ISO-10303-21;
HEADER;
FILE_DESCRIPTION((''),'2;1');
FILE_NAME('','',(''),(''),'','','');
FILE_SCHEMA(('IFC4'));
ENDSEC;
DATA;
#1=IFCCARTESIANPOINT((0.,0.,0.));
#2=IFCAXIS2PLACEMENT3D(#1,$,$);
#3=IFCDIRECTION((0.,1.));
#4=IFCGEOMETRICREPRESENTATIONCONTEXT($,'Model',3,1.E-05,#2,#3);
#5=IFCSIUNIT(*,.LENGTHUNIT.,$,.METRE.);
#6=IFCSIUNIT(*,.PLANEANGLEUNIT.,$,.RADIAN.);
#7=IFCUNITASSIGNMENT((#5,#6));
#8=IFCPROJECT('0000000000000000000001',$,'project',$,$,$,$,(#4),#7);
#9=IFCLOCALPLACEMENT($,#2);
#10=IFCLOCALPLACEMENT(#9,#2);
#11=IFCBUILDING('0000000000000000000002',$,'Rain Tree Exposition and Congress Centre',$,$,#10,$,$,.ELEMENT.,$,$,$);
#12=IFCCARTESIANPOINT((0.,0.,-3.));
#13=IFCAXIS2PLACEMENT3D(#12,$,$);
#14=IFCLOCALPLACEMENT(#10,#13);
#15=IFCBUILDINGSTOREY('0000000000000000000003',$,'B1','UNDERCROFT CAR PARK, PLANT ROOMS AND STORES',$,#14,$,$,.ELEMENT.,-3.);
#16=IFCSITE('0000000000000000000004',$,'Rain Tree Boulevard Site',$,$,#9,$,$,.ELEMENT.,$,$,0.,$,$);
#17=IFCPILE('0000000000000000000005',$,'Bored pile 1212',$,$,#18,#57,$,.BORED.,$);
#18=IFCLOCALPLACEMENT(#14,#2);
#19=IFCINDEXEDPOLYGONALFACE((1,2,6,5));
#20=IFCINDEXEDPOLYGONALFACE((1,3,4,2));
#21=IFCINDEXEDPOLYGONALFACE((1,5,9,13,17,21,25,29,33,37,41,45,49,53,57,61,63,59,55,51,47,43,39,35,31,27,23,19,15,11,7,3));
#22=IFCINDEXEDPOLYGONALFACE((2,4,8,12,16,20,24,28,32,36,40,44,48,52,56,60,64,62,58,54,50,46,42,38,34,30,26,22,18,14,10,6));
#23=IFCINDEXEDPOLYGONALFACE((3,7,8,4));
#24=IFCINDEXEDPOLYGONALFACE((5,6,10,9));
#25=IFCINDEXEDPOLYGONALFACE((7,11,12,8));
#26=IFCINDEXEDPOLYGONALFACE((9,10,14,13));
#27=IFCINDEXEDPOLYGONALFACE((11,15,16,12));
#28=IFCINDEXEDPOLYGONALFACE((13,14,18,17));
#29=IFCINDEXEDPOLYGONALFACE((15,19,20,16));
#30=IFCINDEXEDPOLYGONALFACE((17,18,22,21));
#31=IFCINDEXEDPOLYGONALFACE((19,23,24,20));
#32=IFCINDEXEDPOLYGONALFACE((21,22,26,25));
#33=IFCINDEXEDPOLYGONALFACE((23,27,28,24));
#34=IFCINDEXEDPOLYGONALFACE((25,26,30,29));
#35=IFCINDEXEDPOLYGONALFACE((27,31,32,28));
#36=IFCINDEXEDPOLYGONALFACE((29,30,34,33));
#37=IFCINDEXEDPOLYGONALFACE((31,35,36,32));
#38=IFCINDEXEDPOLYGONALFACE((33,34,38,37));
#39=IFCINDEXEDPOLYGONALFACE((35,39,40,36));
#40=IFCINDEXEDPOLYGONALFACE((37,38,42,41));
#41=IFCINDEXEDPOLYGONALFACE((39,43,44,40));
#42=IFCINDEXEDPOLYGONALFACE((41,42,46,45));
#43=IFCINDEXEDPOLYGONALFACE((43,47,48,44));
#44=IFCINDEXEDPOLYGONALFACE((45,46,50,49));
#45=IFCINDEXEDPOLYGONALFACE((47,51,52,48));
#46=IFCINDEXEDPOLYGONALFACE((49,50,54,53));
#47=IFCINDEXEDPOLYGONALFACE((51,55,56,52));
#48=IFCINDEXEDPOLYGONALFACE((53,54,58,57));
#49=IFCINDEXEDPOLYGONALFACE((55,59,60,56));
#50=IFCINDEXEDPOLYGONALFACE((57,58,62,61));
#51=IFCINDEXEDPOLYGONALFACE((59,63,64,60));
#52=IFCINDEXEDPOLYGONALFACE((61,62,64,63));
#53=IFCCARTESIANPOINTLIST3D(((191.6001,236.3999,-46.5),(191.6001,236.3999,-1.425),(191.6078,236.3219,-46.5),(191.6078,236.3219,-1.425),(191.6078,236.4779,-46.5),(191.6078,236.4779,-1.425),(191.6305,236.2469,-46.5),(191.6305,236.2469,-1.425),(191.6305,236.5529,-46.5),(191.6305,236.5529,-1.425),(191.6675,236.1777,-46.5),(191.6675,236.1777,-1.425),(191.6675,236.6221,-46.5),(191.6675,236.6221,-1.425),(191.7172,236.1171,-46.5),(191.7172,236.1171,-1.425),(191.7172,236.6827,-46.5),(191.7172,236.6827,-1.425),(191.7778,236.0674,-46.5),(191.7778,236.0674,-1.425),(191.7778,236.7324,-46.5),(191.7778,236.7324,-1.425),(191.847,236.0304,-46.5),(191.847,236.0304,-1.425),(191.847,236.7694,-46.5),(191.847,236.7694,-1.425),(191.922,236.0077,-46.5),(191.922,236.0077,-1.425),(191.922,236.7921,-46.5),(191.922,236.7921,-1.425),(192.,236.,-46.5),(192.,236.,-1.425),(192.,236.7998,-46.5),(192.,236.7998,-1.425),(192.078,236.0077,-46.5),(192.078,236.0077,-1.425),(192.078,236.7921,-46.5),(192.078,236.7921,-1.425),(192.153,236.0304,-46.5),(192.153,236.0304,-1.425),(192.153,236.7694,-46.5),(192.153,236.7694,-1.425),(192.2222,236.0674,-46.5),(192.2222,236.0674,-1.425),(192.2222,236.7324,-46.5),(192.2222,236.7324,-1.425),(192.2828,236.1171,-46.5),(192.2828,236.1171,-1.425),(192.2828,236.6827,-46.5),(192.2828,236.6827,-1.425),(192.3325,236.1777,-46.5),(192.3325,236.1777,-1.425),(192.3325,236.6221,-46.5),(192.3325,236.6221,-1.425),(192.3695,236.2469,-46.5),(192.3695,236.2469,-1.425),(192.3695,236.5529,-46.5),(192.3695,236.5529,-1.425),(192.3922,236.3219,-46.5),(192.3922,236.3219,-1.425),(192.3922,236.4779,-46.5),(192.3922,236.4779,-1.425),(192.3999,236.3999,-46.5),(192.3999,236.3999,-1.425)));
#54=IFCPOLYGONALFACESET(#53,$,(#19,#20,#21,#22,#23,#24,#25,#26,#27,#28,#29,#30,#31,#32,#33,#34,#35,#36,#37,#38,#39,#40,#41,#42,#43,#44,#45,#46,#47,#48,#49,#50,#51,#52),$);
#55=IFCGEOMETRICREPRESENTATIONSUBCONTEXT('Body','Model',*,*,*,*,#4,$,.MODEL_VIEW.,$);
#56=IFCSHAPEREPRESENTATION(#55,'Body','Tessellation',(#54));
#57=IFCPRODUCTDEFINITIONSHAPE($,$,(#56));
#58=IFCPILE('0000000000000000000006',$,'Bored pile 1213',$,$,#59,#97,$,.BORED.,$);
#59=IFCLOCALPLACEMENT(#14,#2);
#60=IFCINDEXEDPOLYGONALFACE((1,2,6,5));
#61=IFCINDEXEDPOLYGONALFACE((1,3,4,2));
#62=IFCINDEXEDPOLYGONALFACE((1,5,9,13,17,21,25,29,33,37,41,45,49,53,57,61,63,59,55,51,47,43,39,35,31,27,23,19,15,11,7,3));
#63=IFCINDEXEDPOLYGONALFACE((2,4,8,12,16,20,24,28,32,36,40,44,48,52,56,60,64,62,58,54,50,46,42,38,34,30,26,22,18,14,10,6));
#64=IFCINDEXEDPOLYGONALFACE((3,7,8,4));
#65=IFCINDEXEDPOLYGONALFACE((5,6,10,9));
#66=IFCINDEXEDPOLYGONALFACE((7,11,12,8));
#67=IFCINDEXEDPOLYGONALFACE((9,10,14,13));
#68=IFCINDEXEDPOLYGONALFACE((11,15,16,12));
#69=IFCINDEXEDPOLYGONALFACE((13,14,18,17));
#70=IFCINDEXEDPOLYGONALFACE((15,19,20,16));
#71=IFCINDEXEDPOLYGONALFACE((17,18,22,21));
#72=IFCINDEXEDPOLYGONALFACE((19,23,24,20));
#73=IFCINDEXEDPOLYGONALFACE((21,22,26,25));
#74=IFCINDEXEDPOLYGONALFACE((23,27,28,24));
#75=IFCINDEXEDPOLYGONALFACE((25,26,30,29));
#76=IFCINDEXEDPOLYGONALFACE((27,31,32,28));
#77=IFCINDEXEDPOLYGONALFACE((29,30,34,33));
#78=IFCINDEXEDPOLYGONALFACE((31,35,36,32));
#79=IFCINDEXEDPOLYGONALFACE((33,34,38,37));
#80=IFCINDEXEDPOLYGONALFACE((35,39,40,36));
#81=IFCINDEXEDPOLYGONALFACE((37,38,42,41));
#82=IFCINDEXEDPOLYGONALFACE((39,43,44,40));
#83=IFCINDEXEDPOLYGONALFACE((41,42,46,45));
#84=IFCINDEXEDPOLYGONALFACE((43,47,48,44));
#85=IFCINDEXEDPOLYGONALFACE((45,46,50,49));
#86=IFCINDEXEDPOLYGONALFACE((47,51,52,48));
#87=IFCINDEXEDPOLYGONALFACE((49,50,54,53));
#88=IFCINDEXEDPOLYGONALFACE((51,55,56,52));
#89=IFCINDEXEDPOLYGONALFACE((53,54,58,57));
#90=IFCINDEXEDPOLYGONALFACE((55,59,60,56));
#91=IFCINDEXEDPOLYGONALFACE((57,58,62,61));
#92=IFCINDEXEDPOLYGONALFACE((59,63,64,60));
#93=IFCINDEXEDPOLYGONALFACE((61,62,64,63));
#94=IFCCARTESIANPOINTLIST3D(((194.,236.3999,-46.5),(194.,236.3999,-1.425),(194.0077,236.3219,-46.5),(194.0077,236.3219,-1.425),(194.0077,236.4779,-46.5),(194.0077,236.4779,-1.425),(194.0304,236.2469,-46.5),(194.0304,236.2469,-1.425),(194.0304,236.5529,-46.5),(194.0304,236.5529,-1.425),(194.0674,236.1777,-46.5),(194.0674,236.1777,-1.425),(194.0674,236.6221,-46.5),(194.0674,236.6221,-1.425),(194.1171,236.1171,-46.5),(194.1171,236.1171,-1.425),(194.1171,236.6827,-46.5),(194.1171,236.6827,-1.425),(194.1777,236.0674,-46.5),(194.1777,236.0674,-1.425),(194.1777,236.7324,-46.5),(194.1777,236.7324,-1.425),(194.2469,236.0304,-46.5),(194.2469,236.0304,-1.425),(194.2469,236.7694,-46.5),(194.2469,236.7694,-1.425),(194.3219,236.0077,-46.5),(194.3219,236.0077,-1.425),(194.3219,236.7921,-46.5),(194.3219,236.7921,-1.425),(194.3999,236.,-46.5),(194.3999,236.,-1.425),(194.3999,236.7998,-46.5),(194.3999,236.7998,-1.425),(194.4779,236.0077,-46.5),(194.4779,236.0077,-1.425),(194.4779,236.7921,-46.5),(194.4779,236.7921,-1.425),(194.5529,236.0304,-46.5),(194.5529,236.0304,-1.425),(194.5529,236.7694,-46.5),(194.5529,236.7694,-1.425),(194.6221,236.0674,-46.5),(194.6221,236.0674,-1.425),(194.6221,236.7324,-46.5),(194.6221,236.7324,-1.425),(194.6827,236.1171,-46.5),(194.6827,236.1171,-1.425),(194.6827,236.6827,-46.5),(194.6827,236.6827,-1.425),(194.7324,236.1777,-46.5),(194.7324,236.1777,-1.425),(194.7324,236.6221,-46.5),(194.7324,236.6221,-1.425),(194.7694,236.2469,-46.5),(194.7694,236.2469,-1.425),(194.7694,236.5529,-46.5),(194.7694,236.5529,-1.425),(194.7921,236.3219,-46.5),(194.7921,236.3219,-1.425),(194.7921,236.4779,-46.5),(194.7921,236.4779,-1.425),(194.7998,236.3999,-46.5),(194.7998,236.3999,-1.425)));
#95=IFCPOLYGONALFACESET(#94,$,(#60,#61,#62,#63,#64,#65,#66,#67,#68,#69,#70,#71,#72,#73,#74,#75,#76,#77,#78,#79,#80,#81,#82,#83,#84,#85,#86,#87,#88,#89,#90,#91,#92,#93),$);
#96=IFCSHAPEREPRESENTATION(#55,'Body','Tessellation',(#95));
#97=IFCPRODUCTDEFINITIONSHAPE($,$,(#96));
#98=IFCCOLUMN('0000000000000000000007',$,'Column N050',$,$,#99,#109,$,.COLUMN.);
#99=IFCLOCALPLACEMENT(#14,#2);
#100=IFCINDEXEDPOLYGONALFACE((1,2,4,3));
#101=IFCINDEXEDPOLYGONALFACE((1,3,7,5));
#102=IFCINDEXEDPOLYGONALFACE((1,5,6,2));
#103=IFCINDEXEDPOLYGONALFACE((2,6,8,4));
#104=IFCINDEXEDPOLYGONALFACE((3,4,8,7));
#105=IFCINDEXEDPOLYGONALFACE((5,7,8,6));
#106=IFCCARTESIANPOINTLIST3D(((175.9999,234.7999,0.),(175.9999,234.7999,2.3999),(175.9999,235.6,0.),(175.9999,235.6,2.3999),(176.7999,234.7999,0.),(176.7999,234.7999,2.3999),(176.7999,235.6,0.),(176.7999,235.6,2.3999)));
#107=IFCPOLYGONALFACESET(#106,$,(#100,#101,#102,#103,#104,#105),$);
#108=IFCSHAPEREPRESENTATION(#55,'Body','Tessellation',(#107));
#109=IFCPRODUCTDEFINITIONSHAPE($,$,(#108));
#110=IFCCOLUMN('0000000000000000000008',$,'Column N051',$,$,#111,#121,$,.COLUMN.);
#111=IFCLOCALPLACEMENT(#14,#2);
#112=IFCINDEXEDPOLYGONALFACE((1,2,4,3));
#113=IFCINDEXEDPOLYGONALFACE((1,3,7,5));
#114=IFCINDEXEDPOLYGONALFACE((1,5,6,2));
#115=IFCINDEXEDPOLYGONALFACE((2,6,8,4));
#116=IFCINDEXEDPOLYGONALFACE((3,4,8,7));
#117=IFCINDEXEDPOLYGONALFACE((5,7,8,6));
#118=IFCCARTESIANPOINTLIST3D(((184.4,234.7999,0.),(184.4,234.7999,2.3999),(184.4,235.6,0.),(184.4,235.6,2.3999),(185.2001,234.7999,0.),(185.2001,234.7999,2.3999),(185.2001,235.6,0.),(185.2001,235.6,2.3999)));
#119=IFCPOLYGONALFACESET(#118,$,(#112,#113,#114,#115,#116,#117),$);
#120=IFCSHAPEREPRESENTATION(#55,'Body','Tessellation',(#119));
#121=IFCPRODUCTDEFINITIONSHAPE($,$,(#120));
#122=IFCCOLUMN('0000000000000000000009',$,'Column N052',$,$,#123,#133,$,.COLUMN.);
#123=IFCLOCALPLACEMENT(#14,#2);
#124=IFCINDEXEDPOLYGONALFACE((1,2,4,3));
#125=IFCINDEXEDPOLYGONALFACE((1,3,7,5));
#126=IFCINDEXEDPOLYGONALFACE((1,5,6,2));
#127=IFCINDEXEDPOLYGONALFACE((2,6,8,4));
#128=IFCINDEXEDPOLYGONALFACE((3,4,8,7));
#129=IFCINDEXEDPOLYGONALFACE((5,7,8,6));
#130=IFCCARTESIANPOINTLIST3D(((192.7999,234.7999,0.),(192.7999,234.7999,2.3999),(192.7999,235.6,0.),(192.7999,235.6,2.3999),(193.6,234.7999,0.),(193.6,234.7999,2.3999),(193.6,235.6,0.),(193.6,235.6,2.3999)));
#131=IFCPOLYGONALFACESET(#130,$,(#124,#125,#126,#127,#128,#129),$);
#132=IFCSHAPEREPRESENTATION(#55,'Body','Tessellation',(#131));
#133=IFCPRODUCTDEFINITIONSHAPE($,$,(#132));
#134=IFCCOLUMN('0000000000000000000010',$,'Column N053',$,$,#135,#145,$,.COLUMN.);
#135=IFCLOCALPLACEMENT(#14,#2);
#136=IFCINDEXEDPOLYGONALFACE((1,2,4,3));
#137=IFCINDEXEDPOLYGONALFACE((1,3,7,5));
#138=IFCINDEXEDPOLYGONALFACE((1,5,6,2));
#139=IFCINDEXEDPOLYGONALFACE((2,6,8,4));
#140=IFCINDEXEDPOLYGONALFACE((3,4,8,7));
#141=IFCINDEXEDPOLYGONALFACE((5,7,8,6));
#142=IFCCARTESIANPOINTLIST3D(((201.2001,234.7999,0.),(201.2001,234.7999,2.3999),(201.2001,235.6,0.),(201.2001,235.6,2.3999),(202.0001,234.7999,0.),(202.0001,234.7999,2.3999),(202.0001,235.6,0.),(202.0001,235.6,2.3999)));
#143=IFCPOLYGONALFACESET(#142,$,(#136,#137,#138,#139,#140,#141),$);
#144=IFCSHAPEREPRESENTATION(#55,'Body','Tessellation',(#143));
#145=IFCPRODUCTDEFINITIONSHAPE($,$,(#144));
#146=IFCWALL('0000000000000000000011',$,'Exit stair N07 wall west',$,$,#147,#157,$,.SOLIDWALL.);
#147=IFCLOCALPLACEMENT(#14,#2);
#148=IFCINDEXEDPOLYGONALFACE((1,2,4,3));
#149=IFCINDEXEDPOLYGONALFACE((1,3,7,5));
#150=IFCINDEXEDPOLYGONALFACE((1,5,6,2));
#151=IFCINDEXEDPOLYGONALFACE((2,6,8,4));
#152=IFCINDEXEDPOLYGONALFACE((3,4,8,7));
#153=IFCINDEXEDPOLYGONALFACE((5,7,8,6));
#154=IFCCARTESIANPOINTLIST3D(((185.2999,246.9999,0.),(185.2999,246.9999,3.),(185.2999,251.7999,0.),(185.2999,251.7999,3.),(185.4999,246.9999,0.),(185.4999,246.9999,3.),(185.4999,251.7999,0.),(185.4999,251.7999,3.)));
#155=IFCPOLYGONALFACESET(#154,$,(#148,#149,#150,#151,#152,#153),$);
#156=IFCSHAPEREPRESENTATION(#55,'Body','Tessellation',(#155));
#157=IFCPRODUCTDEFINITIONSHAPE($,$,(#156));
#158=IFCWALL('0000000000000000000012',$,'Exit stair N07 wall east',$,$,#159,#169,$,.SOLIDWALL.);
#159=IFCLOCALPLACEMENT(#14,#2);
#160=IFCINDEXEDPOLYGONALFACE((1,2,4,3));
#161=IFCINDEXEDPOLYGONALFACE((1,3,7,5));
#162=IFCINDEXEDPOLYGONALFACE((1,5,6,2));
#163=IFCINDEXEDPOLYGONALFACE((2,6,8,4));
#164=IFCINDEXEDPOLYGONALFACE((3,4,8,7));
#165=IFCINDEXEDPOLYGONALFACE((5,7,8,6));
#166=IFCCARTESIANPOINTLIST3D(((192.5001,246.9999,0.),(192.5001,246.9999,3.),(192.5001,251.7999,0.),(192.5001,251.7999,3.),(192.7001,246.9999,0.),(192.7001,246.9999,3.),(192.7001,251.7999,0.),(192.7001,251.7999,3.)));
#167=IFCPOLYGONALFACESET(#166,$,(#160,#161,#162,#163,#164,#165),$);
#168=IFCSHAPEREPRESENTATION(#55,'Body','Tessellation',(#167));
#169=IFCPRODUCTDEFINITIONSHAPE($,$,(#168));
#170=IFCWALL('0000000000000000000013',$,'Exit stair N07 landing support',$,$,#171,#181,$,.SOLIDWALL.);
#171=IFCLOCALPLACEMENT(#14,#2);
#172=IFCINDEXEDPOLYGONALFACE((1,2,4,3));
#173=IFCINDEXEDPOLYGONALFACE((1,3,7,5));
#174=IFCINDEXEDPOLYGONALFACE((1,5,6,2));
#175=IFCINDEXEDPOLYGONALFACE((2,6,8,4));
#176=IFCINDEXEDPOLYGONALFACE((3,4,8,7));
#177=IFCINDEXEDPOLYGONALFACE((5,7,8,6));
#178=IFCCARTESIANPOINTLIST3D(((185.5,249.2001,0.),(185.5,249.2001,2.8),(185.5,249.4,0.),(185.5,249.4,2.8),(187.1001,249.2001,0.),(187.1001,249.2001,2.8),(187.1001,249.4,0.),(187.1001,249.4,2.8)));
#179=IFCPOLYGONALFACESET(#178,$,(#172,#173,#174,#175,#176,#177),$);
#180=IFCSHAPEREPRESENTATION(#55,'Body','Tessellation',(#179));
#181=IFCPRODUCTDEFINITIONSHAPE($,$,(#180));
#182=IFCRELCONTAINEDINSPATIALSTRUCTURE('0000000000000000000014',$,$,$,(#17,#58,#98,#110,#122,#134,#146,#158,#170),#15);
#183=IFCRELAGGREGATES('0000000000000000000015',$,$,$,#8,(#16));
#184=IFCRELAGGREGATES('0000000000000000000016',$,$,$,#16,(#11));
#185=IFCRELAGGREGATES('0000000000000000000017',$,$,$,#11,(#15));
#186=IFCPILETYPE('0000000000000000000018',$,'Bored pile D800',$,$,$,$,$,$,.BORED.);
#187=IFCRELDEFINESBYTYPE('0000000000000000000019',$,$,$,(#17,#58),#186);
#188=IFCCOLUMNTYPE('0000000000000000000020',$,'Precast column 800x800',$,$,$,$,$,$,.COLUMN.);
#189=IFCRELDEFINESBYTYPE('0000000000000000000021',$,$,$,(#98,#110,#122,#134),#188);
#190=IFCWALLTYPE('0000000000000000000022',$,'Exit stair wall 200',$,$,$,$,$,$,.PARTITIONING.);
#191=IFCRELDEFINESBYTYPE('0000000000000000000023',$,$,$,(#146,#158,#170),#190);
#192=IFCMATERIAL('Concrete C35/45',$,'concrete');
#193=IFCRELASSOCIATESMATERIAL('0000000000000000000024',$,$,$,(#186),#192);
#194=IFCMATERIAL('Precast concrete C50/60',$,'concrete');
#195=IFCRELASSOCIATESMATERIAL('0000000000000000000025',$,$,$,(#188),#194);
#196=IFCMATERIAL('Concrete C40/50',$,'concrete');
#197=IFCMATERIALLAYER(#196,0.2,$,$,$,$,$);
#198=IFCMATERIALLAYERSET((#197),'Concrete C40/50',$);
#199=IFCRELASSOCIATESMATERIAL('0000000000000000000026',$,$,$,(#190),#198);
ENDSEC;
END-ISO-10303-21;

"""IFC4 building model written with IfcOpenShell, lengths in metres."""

from ifc_helpers import new_model, si_unit, direction, frame, frame_2d, origin, origin_2d, place, context, subcontext, project, spatial, rectangle, circle, extrude, material, layer, layer_set, material_profile, profile_set, type_object, element, save


model = new_model("IFC4")

# Units and contexts
model_context = context("Model", 3, precision=1e-05, world=origin(), true_north=direction((0.0, 1.0)))
body_context = subcontext(model_context, "Body", "Model", "MODEL_VIEW")
ifc_project = project(units=[si_unit("LENGTHUNIT", "METRE"), si_unit("PLANEANGLEUNIT", "RADIAN")], contexts=[model_context])

# Site, building, storey
site_placement = place(None, origin())
site = spatial("IfcSite", under=ifc_project, at=site_placement, Name="Rain Tree Boulevard Site", CompositionType="ELEMENT", RefElevation=0.0)
building_placement = place(site_placement, origin())
building = spatial("IfcBuilding", under=site, at=building_placement, Name="Rain Tree Exposition and Congress Centre", CompositionType="ELEMENT")
storey_placement = place(building_placement, frame((0.0, 0.0, -3.0)))
storey = spatial("IfcBuildingStorey", under=building, at=storey_placement, Name="B1", Description="UNDERCROFT CAR PARK, PLANT ROOMS AND STORES", CompositionType="ELEMENT", Elevation=-3.0)

# Piles
ifc_material_1 = material(Name="Concrete C35/45", Category="concrete")
ifc_material_profile_1 = material_profile(ifc_material_1, circle(Radius=0.3999, at=origin_2d()), Name="D800")
ifc_profile_set_1 = profile_set([ifc_material_profile_1], Name="Concrete C35/45")
pile_type_1 = type_object("IfcPileType", Name="Bored pile D800", PredefinedType="BORED", material=ifc_profile_set_1)
for number, where, z_axis, x_axis, name in (
    (1, (192.0, 236.3999, -1.425), (0.0, 0.0, -1.0), (1.0, 0.0, 0.0), "Bored pile 1212"),
    (2, (194.3999, 236.3999, -1.425), (0.0, 0.0, -1.0), (1.0, 0.0, 0.0), "Bored pile 1213"),
):
    element("IfcPile", number, at=place(storey_placement, frame(where, z_axis=z_axis, x_axis=x_axis)), inside=storey, type_object=pile_type_1, Name=name, PredefinedType="BORED", context=body_context, shape_type="SweptSolid", body=[
        extrude(circle(Radius=0.3999, at=origin_2d()), origin(), (0.0, 0.0, 1.0), 45.075),
    ])

# Columns
ifc_material_2 = material(Name="Precast concrete C50/60", Category="concrete")
ifc_material_profile_2 = material_profile(ifc_material_2, rectangle(XDim=0.8, YDim=0.8, at=origin_2d()), Name="RC 800x800")
ifc_profile_set_2 = profile_set([ifc_material_profile_2], Name="Precast concrete C50/60")
column_type = type_object("IfcColumnType", Name="Precast column 800x800", PredefinedType="COLUMN", material=ifc_profile_set_2)
for number, where, z_axis, x_axis, name in (
    (3, (176.3999, 235.2, 0.0), (0.0, 0.0, 1.0), (1.0, 0.0, 0.0), "Column N050"),
    (4, (184.8, 235.2, 0.0), (0.0, 0.0, 1.0), (1.0, 0.0, 0.0), "Column N051"),
    (5, (193.2, 235.2, 0.0), (0.0, 0.0, 1.0), (1.0, 0.0, 0.0), "Column N052"),
    (6, (201.6001, 235.2, 0.0), (0.0, 0.0, 1.0), (1.0, 0.0, 0.0), "Column N053"),
):
    element("IfcColumn", number, at=place(storey_placement, frame(where, z_axis=z_axis, x_axis=x_axis)), inside=storey, type_object=column_type, Name=name, PredefinedType="COLUMN", context=body_context, shape_type="SweptSolid", body=[
        extrude(rectangle(XDim=0.8, YDim=0.8, at=origin_2d()), origin(), (0.0, 0.0, 1.0), 2.3999),
    ])

# Walls
ifc_material_3 = material(Name="Concrete C40/50", Category="concrete")
ifc_layer = layer(ifc_material_3, 0.2)
ifc_layer_set = layer_set([ifc_layer], Name="Concrete C40/50")
wall_type = type_object("IfcWallType", Name="Exit stair wall 200", PredefinedType="PARTITIONING", material=ifc_layer_set)
for number, where, z_axis, x_axis, name in (
    (7, (185.3999, 247.0, 0.0), (0.0, 0.0, 1.0), (0.0, 1.0, 0.0), "Exit stair N07 wall west"),
    (8, (192.6001, 247.0, 0.0), (0.0, 0.0, 1.0), (0.0, 1.0, 0.0), "Exit stair N07 wall east"),
):
    element("IfcWall", number, at=place(storey_placement, frame(where, z_axis=z_axis, x_axis=x_axis)), inside=storey, type_object=wall_type, Name=name, PredefinedType="SOLIDWALL", context=body_context, shape_type="SweptSolid", body=[
        extrude(rectangle(XDim=4.8, YDim=0.2, at=frame_2d((2.3999, 0.0))), origin(), (0.0, 0.0, 1.0), 3.0),
    ])

# Wall
wall_1_placement = place(storey_placement, frame((185.5, 249.3, 0.0), z_axis=(0.0, 0.0, 1.0), x_axis=(1.0, 0.0, 0.0)))
element("IfcWall", 9, at=wall_1_placement, inside=storey, type_object=wall_type, Name="Exit stair N07 landing support", PredefinedType="SOLIDWALL", context=body_context, shape_type="SweptSolid", body=[
    extrude(rectangle(XDim=1.6001, YDim=0.2, at=frame_2d((0.8, 0.0))), origin(), (0.0, 0.0, 1.0), 2.8),
])

save(model, "model.ifc")
